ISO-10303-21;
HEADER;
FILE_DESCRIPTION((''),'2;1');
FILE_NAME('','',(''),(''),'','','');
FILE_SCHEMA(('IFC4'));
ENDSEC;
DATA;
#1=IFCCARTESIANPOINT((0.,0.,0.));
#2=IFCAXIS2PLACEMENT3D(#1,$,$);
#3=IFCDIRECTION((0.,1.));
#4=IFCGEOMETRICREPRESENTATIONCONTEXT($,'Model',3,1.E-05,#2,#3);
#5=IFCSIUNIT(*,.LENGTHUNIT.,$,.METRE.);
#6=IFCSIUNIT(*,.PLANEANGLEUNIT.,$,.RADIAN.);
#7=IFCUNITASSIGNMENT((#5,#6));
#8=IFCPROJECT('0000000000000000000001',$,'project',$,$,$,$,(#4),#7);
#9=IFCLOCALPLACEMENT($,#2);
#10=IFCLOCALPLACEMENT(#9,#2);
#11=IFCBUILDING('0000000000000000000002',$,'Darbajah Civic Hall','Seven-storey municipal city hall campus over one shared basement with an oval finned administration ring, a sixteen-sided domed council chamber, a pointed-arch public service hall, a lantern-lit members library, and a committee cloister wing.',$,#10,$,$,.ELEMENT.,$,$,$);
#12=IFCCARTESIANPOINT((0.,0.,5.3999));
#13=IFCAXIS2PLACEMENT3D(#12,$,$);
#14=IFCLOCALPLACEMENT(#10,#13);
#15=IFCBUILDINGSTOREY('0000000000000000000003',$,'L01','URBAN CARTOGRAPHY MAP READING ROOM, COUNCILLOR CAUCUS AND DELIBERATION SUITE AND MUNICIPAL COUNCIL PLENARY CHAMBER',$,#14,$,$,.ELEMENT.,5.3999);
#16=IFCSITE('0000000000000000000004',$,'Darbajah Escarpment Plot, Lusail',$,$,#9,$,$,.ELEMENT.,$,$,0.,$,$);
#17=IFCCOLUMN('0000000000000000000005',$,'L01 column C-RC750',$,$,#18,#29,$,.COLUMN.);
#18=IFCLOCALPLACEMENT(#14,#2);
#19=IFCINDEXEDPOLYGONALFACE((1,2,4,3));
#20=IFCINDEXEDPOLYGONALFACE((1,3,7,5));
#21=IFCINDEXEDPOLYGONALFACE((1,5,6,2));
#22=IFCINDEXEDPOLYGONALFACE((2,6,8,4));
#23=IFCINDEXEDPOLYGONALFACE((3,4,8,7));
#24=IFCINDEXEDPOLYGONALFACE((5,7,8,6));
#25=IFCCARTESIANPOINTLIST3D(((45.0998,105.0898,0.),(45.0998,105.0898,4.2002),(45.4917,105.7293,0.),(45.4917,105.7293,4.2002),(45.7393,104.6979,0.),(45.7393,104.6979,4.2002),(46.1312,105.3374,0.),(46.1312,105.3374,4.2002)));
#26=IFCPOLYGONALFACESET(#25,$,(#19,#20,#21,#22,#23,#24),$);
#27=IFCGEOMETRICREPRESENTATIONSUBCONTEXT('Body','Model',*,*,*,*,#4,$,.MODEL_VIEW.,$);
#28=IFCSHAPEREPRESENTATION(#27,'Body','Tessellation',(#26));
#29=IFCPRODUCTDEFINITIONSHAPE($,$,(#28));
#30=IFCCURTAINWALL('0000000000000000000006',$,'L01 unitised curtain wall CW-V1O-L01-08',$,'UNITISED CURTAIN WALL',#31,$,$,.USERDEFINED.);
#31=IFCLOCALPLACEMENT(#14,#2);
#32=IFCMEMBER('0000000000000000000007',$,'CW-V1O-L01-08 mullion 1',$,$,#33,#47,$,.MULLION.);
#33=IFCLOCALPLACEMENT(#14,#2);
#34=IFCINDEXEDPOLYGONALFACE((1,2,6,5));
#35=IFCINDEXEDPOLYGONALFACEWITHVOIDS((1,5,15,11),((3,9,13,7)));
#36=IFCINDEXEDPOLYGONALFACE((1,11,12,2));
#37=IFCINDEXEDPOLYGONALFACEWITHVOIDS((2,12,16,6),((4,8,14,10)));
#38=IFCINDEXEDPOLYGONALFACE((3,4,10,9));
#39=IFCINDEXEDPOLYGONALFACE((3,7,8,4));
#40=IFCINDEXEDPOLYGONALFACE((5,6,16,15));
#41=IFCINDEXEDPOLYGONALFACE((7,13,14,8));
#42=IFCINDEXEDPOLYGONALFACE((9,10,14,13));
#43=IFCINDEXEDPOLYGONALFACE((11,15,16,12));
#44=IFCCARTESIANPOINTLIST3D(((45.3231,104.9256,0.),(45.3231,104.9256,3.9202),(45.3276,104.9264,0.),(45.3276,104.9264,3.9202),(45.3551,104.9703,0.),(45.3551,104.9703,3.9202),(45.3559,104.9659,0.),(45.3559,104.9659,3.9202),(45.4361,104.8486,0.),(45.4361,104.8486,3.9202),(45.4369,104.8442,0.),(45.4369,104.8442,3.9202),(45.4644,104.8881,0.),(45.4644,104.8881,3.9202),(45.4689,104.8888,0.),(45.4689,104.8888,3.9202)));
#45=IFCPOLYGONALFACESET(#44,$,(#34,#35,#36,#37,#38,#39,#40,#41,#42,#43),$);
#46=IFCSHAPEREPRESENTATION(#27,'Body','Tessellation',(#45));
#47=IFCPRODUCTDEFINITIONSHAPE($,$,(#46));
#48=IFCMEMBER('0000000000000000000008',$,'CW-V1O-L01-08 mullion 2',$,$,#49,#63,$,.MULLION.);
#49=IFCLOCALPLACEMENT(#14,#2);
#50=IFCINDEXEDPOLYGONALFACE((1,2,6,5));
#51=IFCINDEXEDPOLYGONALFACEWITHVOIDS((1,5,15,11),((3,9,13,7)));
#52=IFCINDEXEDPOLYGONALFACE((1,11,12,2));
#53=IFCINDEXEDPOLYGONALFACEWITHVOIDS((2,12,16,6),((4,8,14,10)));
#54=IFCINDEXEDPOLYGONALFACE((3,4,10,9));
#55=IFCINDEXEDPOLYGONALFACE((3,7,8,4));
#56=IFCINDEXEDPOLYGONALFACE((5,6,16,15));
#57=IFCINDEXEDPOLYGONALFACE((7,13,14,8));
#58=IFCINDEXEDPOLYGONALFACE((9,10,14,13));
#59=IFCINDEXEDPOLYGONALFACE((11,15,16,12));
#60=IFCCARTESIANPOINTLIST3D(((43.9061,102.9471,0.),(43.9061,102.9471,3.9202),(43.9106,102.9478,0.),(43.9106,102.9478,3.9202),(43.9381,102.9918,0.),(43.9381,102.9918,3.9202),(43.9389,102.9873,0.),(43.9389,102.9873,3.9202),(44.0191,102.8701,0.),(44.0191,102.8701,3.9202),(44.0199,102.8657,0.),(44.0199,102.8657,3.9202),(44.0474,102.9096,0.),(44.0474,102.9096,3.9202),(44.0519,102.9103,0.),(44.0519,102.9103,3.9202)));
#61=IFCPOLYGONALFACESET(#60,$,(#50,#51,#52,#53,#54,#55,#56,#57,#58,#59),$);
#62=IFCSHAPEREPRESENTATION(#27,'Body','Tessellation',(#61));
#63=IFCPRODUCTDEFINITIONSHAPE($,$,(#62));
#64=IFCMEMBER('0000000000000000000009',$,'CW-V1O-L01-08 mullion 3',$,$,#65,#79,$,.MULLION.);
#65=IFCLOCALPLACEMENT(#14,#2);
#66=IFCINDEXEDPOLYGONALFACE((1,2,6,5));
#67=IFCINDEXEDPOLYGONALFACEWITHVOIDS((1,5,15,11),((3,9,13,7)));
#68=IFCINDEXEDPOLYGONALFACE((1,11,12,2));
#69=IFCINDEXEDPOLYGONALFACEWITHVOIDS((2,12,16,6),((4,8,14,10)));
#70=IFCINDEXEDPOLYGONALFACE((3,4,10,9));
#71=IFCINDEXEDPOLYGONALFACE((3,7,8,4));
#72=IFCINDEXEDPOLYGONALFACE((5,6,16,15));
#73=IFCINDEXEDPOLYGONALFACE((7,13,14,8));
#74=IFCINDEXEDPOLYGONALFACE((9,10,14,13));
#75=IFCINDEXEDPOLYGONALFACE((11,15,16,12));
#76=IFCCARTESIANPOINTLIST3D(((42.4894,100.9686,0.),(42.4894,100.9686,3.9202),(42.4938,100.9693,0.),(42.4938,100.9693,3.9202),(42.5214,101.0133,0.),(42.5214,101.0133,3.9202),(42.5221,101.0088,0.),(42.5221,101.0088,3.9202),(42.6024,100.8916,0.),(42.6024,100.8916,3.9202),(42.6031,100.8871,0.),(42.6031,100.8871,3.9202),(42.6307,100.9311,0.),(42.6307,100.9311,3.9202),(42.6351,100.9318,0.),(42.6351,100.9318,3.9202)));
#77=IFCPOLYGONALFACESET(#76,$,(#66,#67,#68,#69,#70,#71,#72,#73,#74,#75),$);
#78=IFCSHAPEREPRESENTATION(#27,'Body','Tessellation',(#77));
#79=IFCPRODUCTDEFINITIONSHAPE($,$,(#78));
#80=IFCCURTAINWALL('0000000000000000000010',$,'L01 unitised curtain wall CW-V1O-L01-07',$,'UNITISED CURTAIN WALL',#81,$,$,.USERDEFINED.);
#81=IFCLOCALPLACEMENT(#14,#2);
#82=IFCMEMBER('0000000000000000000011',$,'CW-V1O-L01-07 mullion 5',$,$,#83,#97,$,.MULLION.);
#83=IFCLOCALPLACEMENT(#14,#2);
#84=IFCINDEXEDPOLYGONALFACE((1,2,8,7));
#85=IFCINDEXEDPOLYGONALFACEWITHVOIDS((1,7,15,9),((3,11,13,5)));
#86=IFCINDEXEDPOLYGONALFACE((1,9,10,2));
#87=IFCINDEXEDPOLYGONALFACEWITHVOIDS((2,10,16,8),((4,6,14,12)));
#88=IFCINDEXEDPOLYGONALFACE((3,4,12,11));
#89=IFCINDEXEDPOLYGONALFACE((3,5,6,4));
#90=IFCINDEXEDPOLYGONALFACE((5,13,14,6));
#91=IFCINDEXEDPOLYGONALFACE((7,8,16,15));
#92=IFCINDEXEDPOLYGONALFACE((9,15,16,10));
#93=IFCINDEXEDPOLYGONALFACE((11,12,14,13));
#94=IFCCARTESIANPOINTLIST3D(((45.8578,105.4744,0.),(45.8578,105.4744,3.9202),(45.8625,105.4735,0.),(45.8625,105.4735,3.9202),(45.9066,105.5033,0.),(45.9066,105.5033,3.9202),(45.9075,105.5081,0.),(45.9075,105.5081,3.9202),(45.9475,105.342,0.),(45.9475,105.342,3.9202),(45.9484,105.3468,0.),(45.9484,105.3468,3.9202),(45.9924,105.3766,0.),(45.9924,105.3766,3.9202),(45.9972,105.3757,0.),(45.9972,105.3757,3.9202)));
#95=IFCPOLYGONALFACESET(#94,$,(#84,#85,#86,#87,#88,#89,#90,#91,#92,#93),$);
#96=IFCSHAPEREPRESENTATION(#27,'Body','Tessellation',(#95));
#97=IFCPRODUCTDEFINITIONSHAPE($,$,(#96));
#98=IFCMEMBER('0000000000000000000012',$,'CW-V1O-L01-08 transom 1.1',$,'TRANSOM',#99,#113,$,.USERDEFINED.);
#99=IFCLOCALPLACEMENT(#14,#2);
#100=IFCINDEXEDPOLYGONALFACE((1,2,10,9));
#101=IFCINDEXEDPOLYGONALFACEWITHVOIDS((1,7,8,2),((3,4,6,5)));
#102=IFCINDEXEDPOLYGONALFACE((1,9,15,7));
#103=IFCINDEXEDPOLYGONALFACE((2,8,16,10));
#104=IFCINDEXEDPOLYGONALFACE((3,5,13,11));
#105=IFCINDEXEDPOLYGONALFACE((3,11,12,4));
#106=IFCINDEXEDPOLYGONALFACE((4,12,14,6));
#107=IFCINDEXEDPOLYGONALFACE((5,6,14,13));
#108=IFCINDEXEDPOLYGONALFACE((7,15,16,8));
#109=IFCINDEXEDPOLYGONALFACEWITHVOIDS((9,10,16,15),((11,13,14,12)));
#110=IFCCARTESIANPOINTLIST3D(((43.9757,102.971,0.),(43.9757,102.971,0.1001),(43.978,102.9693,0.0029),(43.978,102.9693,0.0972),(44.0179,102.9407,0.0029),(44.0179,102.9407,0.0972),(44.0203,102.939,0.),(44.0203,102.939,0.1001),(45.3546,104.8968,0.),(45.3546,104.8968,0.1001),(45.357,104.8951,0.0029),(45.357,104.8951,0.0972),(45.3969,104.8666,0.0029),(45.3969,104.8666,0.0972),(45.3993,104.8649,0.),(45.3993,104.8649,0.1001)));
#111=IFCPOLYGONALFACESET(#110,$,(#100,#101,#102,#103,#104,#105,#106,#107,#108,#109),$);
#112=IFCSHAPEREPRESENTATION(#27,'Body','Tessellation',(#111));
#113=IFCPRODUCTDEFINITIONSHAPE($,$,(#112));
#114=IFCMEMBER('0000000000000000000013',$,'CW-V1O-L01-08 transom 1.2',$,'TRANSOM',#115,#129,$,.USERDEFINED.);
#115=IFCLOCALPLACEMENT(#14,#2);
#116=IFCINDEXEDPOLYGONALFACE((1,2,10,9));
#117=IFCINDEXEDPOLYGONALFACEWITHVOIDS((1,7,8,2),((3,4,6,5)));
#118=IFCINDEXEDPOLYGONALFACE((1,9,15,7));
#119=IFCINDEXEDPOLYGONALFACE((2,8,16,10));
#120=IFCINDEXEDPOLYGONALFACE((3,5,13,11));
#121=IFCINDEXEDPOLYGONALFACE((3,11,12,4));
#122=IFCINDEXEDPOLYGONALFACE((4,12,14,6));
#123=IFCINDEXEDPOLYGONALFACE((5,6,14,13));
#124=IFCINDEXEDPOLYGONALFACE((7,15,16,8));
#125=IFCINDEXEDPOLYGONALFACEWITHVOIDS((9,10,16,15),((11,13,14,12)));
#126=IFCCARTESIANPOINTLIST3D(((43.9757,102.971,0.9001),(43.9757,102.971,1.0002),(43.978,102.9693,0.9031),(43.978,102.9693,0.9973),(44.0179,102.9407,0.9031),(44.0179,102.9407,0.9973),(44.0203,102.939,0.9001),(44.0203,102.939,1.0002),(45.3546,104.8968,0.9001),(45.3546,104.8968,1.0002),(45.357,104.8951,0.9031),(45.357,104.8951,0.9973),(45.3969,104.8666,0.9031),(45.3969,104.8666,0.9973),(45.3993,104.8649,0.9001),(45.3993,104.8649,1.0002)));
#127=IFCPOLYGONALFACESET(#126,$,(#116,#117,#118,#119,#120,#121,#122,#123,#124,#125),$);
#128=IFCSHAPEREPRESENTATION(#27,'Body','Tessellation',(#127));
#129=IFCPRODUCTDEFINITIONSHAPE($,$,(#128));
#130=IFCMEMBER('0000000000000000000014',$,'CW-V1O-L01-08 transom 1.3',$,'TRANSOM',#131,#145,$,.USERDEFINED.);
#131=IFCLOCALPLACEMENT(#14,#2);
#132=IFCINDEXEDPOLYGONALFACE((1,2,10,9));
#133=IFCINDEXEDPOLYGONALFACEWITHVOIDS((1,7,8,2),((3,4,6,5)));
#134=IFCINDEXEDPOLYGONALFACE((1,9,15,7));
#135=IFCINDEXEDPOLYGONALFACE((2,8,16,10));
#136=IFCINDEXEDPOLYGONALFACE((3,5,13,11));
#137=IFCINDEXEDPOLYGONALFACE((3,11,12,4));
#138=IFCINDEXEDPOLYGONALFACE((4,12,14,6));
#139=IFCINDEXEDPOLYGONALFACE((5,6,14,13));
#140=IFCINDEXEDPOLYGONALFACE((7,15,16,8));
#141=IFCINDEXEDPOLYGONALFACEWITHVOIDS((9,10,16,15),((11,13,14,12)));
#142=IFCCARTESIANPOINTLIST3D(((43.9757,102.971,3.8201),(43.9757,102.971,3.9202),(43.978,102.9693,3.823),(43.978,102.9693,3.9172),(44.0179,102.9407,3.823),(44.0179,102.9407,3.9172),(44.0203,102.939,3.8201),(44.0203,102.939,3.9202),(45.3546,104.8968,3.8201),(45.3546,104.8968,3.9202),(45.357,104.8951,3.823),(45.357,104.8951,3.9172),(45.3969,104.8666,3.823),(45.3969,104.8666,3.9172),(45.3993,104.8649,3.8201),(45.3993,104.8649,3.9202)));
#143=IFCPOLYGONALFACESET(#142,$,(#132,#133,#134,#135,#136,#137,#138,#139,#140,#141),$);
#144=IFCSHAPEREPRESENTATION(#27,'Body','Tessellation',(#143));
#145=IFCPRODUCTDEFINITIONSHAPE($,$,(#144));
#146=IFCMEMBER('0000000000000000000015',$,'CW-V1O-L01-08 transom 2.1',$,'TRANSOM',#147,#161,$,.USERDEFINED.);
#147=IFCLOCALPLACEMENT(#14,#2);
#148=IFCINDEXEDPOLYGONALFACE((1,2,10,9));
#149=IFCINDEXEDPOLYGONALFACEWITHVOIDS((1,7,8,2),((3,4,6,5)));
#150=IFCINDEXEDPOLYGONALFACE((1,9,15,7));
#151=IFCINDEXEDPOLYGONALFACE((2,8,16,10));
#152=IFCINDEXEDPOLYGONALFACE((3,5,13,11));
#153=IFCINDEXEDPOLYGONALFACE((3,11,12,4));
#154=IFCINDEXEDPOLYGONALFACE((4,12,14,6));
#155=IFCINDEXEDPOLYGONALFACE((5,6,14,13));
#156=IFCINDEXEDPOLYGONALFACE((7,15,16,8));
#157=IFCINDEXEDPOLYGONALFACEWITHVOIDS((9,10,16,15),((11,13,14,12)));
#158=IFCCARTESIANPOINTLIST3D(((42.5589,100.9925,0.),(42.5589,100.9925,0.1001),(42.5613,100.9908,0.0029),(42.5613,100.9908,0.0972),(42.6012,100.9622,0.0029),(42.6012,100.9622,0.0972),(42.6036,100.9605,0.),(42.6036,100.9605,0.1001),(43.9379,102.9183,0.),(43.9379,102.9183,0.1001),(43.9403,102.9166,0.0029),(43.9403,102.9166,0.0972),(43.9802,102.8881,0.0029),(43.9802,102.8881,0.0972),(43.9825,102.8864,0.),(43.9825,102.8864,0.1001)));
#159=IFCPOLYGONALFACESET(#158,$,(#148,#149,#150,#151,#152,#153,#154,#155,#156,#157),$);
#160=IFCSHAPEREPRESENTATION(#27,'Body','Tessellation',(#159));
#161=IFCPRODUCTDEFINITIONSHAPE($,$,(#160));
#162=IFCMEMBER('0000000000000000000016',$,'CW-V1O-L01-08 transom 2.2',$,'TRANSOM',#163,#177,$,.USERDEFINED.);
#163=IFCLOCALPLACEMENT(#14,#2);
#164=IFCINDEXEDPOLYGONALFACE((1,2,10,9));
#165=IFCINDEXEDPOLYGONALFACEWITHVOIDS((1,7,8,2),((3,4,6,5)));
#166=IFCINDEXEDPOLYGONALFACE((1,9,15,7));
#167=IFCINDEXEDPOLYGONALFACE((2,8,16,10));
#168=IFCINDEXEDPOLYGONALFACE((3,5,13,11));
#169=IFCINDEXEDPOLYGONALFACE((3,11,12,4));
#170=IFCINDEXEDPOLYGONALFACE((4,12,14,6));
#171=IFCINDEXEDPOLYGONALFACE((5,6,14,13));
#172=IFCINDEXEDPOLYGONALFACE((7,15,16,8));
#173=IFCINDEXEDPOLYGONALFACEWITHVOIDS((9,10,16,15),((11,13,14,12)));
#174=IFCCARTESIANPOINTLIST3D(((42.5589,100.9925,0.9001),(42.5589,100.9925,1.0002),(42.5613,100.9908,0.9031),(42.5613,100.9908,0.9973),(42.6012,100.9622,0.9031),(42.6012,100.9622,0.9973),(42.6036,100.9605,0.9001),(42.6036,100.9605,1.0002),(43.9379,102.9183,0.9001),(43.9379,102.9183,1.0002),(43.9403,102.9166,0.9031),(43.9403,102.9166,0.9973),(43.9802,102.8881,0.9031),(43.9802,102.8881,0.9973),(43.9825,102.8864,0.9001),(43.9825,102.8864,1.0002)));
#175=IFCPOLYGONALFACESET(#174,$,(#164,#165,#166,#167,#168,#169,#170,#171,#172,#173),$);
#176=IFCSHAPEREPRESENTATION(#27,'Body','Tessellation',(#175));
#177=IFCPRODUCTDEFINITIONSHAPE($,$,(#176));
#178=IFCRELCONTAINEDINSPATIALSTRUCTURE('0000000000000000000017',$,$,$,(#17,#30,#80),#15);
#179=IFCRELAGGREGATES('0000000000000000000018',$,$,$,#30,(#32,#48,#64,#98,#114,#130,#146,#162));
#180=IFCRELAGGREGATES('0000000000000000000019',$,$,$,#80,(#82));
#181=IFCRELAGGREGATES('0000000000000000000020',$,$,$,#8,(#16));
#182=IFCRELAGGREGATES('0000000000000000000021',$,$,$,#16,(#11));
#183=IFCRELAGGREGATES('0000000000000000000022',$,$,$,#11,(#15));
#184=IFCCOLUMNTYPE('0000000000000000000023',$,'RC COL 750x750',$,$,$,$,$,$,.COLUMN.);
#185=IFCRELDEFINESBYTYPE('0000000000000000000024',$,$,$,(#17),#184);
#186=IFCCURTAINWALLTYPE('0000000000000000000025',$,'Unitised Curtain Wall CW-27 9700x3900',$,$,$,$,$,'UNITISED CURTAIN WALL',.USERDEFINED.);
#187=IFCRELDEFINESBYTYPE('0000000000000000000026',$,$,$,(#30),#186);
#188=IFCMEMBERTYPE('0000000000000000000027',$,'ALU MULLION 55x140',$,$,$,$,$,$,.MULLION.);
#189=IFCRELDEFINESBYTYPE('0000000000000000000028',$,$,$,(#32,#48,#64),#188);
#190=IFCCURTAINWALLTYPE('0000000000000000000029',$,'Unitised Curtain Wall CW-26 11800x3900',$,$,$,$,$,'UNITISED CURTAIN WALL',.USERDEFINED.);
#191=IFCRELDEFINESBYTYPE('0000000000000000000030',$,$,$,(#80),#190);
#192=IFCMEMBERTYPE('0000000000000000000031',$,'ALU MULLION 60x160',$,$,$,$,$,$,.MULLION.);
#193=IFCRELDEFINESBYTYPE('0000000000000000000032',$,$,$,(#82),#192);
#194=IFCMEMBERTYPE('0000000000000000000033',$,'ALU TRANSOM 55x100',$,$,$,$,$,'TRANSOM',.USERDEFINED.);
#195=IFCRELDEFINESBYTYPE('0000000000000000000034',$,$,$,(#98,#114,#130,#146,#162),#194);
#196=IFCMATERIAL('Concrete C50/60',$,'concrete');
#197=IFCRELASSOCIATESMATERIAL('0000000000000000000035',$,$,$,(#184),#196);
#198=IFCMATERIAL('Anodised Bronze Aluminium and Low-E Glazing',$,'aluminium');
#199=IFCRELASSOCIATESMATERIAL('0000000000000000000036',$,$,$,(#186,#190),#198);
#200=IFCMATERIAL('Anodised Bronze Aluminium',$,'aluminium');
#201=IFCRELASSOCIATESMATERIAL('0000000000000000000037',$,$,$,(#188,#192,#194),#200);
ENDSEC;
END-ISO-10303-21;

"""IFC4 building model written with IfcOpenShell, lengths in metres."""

from ifc_helpers import new_model, si_unit, direction, frame, origin, origin_2d, place, context, subcontext, project, spatial, rectangle, hollow_rectangle, extrude, material, material_profile, profile_set, type_object, element, aggregate, save


model = new_model("IFC4")

# Units and contexts
model_context = context("Model", 3, precision=1e-05, world=origin(), true_north=direction((0.0, 1.0)))
body_context = subcontext(model_context, "Body", "Model", "MODEL_VIEW")
ifc_project = project(units=[si_unit("LENGTHUNIT", "METRE"), si_unit("PLANEANGLEUNIT", "RADIAN")], contexts=[model_context])

# Site, building, storey
site_placement = place(None, origin())
site = spatial("IfcSite", under=ifc_project, at=site_placement, Name="Darbajah Escarpment Plot, Lusail", CompositionType="ELEMENT", RefElevation=0.0)
building_placement = place(site_placement, origin())
building = spatial("IfcBuilding", under=site, at=building_placement, Name="Darbajah Civic Hall", Description="Seven-storey municipal city hall campus over one shared basement with an oval finned administration ring, a sixteen-sided domed council chamber, a pointed-arch public service hall, a lantern-lit members library, and a committee cloister wing.", CompositionType="ELEMENT")
storey_placement = place(building_placement, frame((0.0, 0.0, 5.3999)))
storey = spatial("IfcBuildingStorey", under=building, at=storey_placement, Name="L01", Description="URBAN CARTOGRAPHY MAP READING ROOM, COUNCILLOR CAUCUS AND DELIBERATION SUITE AND MUNICIPAL COUNCIL PLENARY CHAMBER", CompositionType="ELEMENT", Elevation=5.3999)

# Column
ifc_material_1 = material(Name="Concrete C50/60", Category="concrete")
ifc_material_profile_1 = material_profile(ifc_material_1, rectangle(XDim=0.75, YDim=0.75, at=origin_2d()), Name="RC COL 750x750")
ifc_profile_set_1 = profile_set([ifc_material_profile_1], Name="Concrete C50/60")
column_type = type_object("IfcColumnType", Name="RC COL 750x750", PredefinedType="COLUMN", material=ifc_profile_set_1)
column_placement = place(storey_placement, frame((45.6155, 105.2136, 0.0), z_axis=(0.0, 0.0, 1.0), x_axis=(-0.85264, 0.522499, 0.0)))
element("IfcColumn", 1, at=column_placement, inside=storey, type_object=column_type, Name="L01 column C-RC750", PredefinedType="COLUMN", context=body_context, shape_type="SweptSolid", body=[
    extrude(rectangle(XDim=0.75, YDim=0.75, at=origin_2d()), origin(), (0.0, 0.0, 1.0), 4.2002),
])

# Curtain wall, members
ifc_material_2 = material(Name="Anodised Bronze Aluminium and Low-E Glazing", Category="aluminium")
curtain_wall_type_1 = type_object("IfcCurtainWallType", Name="Unitised Curtain Wall CW-27 9700x3900", ElementType="UNITISED CURTAIN WALL", PredefinedType="USERDEFINED", material=ifc_material_2)
curtain_wall_1_placement = place(storey_placement, origin())
curtain_wall_1 = element("IfcCurtainWall", 2, at=curtain_wall_1_placement, inside=storey, type_object=curtain_wall_type_1, Name="L01 unitised curtain wall CW-V1O-L01-08", ObjectType="UNITISED CURTAIN WALL", PredefinedType="USERDEFINED")
ifc_material_3 = material(Name="Anodised Bronze Aluminium", Category="aluminium")
ifc_material_profile_2 = material_profile(ifc_material_3, hollow_rectangle(XDim=0.0549, YDim=0.1399, WallThickness=0.0032, at=origin_2d()), Name="ALU MULLION 55x140")
ifc_profile_set_2 = profile_set([ifc_material_profile_2], Name="Anodised Bronze Aluminium")
member_type_1 = type_object("IfcMemberType", Name="ALU MULLION 55x140", PredefinedType="MULLION", material=ifc_profile_set_2)
member_1_placement = place(storey_placement, frame((45.396, 104.9072, 0.0), z_axis=(0.0, 0.0, 1.0), x_axis=(-0.582265, -0.812999, 0.0)))
member_1 = element("IfcMember", 3, at=member_1_placement, type_object=member_type_1, Name="CW-V1O-L01-08 mullion 1", PredefinedType="MULLION", context=body_context, shape_type="SweptSolid", body=[
    extrude(hollow_rectangle(XDim=0.0549, YDim=0.1399, WallThickness=0.0032, at=origin_2d()), origin(), (0.0, 0.0, 1.0), 3.9202),
])
member_2_placement = place(storey_placement, frame((43.979, 102.9287, 0.0), z_axis=(0.0, 0.0, 1.0), x_axis=(-0.582265, -0.812999, 0.0)))
member_2 = element("IfcMember", 4, at=member_2_placement, type_object=member_type_1, Name="CW-V1O-L01-08 mullion 2", PredefinedType="MULLION", context=body_context, shape_type="SweptSolid", body=[
    extrude(hollow_rectangle(XDim=0.0549, YDim=0.1399, WallThickness=0.0032, at=origin_2d()), origin(), (0.0, 0.0, 1.0), 3.9202),
])
member_3_placement = place(storey_placement, frame((42.5623, 100.9502, 0.0), z_axis=(0.0, 0.0, 1.0), x_axis=(-0.582265, -0.812999, 0.0)))
member_3 = element("IfcMember", 5, at=member_3_placement, type_object=member_type_1, Name="CW-V1O-L01-08 mullion 3", PredefinedType="MULLION", context=body_context, shape_type="SweptSolid", body=[
    extrude(hollow_rectangle(XDim=0.0549, YDim=0.1399, WallThickness=0.0032, at=origin_2d()), origin(), (0.0, 0.0, 1.0), 3.9202),
])

# Curtain wall, member
curtain_wall_type_2 = type_object("IfcCurtainWallType", Name="Unitised Curtain Wall CW-26 11800x3900", ElementType="UNITISED CURTAIN WALL", PredefinedType="USERDEFINED", material=ifc_material_2)
curtain_wall_2_placement = place(storey_placement, origin())
curtain_wall_2 = element("IfcCurtainWall", 6, at=curtain_wall_2_placement, inside=storey, type_object=curtain_wall_type_2, Name="L01 unitised curtain wall CW-V1O-L01-07", ObjectType="UNITISED CURTAIN WALL", PredefinedType="USERDEFINED")
ifc_material_profile_3 = material_profile(ifc_material_3, hollow_rectangle(XDim=0.0601, YDim=0.1599, WallThickness=0.0034, at=origin_2d()), Name="ALU MULLION 60x160")
ifc_profile_set_3 = profile_set([ifc_material_profile_3], Name="Anodised Bronze Aluminium")
member_type_2 = type_object("IfcMemberType", Name="ALU MULLION 60x160", PredefinedType="MULLION", material=ifc_profile_set_3)
member_4_placement = place(storey_placement, frame((45.9275, 105.425, 0.0), z_axis=(0.0, 0.0, 1.0), x_axis=(-0.827962, -0.560784, 0.0)))
member_4 = element("IfcMember", 7, at=member_4_placement, type_object=member_type_2, Name="CW-V1O-L01-07 mullion 5", PredefinedType="MULLION", context=body_context, shape_type="SweptSolid", body=[
    extrude(hollow_rectangle(XDim=0.0601, YDim=0.1599, WallThickness=0.0034, at=origin_2d()), origin(), (0.0, 0.0, 1.0), 3.9202),
])

# Members
ifc_material_profile_4 = material_profile(ifc_material_3, hollow_rectangle(XDim=0.0549, YDim=0.1001, WallThickness=0.0029, at=origin_2d()), Name="ALU TRANSOM 55x100")
ifc_profile_set_4 = profile_set([ifc_material_profile_4], Name="Anodised Bronze Aluminium")
member_type_3 = type_object("IfcMemberType", Name="ALU TRANSOM 55x100", ElementType="TRANSOM", PredefinedType="USERDEFINED", material=ifc_profile_set_4)
member_5_placement = place(storey_placement, frame((45.377, 104.8809, 0.05), z_axis=(-0.582174, -0.813064, 0.0), x_axis=(0.813064, -0.582174, 0.0)))
member_5 = element("IfcMember", 8, at=member_5_placement, type_object=member_type_3, Name="CW-V1O-L01-08 transom 1.1", ObjectType="TRANSOM", PredefinedType="USERDEFINED", context=body_context, shape_type="SweptSolid", body=[
    extrude(hollow_rectangle(XDim=0.0549, YDim=0.1001, WallThickness=0.0029, at=origin_2d()), origin(), (0.0, 0.0, 1.0), 2.3687),
])
member_6_placement = place(storey_placement, frame((45.377, 104.8809, 0.9502), z_axis=(-0.582174, -0.813064, 0.0), x_axis=(0.813064, -0.582174, 0.0)))
member_6 = element("IfcMember", 9, at=member_6_placement, type_object=member_type_3, Name="CW-V1O-L01-08 transom 1.2", ObjectType="TRANSOM", PredefinedType="USERDEFINED", context=body_context, shape_type="SweptSolid", body=[
    extrude(hollow_rectangle(XDim=0.0549, YDim=0.1001, WallThickness=0.0029, at=origin_2d()), origin(), (0.0, 0.0, 1.0), 2.3687),
])
member_7_placement = place(storey_placement, frame((45.377, 104.8809, 3.8701), z_axis=(-0.582174, -0.813064, 0.0), x_axis=(0.813064, -0.582174, 0.0)))
member_7 = element("IfcMember", 10, at=member_7_placement, type_object=member_type_3, Name="CW-V1O-L01-08 transom 1.3", ObjectType="TRANSOM", PredefinedType="USERDEFINED", context=body_context, shape_type="SweptSolid", body=[
    extrude(hollow_rectangle(XDim=0.0549, YDim=0.1001, WallThickness=0.0029, at=origin_2d()), origin(), (0.0, 0.0, 1.0), 2.3687),
])
member_8_placement = place(storey_placement, frame((43.9602, 102.9023, 0.05), z_axis=(-0.582174, -0.813064, 0.0), x_axis=(0.813064, -0.582174, 0.0)))
member_8 = element("IfcMember", 11, at=member_8_placement, type_object=member_type_3, Name="CW-V1O-L01-08 transom 2.1", ObjectType="TRANSOM", PredefinedType="USERDEFINED", context=body_context, shape_type="SweptSolid", body=[
    extrude(hollow_rectangle(XDim=0.0549, YDim=0.1001, WallThickness=0.0029, at=origin_2d()), origin(), (0.0, 0.0, 1.0), 2.3687),
])
member_9_placement = place(storey_placement, frame((43.9602, 102.9023, 0.9502), z_axis=(-0.582174, -0.813064, 0.0), x_axis=(0.813064, -0.582174, 0.0)))
member_9 = element("IfcMember", 12, at=member_9_placement, type_object=member_type_3, Name="CW-V1O-L01-08 transom 2.2", ObjectType="TRANSOM", PredefinedType="USERDEFINED", context=body_context, shape_type="SweptSolid", body=[
    extrude(hollow_rectangle(XDim=0.0549, YDim=0.1001, WallThickness=0.0029, at=origin_2d()), origin(), (0.0, 0.0, 1.0), 2.3687),
])

aggregate(curtain_wall_1, [member_1, member_2, member_3, member_5, member_6, member_7, member_8, member_9])
aggregate(curtain_wall_2, [member_4])

save(model, "model.ifc")
